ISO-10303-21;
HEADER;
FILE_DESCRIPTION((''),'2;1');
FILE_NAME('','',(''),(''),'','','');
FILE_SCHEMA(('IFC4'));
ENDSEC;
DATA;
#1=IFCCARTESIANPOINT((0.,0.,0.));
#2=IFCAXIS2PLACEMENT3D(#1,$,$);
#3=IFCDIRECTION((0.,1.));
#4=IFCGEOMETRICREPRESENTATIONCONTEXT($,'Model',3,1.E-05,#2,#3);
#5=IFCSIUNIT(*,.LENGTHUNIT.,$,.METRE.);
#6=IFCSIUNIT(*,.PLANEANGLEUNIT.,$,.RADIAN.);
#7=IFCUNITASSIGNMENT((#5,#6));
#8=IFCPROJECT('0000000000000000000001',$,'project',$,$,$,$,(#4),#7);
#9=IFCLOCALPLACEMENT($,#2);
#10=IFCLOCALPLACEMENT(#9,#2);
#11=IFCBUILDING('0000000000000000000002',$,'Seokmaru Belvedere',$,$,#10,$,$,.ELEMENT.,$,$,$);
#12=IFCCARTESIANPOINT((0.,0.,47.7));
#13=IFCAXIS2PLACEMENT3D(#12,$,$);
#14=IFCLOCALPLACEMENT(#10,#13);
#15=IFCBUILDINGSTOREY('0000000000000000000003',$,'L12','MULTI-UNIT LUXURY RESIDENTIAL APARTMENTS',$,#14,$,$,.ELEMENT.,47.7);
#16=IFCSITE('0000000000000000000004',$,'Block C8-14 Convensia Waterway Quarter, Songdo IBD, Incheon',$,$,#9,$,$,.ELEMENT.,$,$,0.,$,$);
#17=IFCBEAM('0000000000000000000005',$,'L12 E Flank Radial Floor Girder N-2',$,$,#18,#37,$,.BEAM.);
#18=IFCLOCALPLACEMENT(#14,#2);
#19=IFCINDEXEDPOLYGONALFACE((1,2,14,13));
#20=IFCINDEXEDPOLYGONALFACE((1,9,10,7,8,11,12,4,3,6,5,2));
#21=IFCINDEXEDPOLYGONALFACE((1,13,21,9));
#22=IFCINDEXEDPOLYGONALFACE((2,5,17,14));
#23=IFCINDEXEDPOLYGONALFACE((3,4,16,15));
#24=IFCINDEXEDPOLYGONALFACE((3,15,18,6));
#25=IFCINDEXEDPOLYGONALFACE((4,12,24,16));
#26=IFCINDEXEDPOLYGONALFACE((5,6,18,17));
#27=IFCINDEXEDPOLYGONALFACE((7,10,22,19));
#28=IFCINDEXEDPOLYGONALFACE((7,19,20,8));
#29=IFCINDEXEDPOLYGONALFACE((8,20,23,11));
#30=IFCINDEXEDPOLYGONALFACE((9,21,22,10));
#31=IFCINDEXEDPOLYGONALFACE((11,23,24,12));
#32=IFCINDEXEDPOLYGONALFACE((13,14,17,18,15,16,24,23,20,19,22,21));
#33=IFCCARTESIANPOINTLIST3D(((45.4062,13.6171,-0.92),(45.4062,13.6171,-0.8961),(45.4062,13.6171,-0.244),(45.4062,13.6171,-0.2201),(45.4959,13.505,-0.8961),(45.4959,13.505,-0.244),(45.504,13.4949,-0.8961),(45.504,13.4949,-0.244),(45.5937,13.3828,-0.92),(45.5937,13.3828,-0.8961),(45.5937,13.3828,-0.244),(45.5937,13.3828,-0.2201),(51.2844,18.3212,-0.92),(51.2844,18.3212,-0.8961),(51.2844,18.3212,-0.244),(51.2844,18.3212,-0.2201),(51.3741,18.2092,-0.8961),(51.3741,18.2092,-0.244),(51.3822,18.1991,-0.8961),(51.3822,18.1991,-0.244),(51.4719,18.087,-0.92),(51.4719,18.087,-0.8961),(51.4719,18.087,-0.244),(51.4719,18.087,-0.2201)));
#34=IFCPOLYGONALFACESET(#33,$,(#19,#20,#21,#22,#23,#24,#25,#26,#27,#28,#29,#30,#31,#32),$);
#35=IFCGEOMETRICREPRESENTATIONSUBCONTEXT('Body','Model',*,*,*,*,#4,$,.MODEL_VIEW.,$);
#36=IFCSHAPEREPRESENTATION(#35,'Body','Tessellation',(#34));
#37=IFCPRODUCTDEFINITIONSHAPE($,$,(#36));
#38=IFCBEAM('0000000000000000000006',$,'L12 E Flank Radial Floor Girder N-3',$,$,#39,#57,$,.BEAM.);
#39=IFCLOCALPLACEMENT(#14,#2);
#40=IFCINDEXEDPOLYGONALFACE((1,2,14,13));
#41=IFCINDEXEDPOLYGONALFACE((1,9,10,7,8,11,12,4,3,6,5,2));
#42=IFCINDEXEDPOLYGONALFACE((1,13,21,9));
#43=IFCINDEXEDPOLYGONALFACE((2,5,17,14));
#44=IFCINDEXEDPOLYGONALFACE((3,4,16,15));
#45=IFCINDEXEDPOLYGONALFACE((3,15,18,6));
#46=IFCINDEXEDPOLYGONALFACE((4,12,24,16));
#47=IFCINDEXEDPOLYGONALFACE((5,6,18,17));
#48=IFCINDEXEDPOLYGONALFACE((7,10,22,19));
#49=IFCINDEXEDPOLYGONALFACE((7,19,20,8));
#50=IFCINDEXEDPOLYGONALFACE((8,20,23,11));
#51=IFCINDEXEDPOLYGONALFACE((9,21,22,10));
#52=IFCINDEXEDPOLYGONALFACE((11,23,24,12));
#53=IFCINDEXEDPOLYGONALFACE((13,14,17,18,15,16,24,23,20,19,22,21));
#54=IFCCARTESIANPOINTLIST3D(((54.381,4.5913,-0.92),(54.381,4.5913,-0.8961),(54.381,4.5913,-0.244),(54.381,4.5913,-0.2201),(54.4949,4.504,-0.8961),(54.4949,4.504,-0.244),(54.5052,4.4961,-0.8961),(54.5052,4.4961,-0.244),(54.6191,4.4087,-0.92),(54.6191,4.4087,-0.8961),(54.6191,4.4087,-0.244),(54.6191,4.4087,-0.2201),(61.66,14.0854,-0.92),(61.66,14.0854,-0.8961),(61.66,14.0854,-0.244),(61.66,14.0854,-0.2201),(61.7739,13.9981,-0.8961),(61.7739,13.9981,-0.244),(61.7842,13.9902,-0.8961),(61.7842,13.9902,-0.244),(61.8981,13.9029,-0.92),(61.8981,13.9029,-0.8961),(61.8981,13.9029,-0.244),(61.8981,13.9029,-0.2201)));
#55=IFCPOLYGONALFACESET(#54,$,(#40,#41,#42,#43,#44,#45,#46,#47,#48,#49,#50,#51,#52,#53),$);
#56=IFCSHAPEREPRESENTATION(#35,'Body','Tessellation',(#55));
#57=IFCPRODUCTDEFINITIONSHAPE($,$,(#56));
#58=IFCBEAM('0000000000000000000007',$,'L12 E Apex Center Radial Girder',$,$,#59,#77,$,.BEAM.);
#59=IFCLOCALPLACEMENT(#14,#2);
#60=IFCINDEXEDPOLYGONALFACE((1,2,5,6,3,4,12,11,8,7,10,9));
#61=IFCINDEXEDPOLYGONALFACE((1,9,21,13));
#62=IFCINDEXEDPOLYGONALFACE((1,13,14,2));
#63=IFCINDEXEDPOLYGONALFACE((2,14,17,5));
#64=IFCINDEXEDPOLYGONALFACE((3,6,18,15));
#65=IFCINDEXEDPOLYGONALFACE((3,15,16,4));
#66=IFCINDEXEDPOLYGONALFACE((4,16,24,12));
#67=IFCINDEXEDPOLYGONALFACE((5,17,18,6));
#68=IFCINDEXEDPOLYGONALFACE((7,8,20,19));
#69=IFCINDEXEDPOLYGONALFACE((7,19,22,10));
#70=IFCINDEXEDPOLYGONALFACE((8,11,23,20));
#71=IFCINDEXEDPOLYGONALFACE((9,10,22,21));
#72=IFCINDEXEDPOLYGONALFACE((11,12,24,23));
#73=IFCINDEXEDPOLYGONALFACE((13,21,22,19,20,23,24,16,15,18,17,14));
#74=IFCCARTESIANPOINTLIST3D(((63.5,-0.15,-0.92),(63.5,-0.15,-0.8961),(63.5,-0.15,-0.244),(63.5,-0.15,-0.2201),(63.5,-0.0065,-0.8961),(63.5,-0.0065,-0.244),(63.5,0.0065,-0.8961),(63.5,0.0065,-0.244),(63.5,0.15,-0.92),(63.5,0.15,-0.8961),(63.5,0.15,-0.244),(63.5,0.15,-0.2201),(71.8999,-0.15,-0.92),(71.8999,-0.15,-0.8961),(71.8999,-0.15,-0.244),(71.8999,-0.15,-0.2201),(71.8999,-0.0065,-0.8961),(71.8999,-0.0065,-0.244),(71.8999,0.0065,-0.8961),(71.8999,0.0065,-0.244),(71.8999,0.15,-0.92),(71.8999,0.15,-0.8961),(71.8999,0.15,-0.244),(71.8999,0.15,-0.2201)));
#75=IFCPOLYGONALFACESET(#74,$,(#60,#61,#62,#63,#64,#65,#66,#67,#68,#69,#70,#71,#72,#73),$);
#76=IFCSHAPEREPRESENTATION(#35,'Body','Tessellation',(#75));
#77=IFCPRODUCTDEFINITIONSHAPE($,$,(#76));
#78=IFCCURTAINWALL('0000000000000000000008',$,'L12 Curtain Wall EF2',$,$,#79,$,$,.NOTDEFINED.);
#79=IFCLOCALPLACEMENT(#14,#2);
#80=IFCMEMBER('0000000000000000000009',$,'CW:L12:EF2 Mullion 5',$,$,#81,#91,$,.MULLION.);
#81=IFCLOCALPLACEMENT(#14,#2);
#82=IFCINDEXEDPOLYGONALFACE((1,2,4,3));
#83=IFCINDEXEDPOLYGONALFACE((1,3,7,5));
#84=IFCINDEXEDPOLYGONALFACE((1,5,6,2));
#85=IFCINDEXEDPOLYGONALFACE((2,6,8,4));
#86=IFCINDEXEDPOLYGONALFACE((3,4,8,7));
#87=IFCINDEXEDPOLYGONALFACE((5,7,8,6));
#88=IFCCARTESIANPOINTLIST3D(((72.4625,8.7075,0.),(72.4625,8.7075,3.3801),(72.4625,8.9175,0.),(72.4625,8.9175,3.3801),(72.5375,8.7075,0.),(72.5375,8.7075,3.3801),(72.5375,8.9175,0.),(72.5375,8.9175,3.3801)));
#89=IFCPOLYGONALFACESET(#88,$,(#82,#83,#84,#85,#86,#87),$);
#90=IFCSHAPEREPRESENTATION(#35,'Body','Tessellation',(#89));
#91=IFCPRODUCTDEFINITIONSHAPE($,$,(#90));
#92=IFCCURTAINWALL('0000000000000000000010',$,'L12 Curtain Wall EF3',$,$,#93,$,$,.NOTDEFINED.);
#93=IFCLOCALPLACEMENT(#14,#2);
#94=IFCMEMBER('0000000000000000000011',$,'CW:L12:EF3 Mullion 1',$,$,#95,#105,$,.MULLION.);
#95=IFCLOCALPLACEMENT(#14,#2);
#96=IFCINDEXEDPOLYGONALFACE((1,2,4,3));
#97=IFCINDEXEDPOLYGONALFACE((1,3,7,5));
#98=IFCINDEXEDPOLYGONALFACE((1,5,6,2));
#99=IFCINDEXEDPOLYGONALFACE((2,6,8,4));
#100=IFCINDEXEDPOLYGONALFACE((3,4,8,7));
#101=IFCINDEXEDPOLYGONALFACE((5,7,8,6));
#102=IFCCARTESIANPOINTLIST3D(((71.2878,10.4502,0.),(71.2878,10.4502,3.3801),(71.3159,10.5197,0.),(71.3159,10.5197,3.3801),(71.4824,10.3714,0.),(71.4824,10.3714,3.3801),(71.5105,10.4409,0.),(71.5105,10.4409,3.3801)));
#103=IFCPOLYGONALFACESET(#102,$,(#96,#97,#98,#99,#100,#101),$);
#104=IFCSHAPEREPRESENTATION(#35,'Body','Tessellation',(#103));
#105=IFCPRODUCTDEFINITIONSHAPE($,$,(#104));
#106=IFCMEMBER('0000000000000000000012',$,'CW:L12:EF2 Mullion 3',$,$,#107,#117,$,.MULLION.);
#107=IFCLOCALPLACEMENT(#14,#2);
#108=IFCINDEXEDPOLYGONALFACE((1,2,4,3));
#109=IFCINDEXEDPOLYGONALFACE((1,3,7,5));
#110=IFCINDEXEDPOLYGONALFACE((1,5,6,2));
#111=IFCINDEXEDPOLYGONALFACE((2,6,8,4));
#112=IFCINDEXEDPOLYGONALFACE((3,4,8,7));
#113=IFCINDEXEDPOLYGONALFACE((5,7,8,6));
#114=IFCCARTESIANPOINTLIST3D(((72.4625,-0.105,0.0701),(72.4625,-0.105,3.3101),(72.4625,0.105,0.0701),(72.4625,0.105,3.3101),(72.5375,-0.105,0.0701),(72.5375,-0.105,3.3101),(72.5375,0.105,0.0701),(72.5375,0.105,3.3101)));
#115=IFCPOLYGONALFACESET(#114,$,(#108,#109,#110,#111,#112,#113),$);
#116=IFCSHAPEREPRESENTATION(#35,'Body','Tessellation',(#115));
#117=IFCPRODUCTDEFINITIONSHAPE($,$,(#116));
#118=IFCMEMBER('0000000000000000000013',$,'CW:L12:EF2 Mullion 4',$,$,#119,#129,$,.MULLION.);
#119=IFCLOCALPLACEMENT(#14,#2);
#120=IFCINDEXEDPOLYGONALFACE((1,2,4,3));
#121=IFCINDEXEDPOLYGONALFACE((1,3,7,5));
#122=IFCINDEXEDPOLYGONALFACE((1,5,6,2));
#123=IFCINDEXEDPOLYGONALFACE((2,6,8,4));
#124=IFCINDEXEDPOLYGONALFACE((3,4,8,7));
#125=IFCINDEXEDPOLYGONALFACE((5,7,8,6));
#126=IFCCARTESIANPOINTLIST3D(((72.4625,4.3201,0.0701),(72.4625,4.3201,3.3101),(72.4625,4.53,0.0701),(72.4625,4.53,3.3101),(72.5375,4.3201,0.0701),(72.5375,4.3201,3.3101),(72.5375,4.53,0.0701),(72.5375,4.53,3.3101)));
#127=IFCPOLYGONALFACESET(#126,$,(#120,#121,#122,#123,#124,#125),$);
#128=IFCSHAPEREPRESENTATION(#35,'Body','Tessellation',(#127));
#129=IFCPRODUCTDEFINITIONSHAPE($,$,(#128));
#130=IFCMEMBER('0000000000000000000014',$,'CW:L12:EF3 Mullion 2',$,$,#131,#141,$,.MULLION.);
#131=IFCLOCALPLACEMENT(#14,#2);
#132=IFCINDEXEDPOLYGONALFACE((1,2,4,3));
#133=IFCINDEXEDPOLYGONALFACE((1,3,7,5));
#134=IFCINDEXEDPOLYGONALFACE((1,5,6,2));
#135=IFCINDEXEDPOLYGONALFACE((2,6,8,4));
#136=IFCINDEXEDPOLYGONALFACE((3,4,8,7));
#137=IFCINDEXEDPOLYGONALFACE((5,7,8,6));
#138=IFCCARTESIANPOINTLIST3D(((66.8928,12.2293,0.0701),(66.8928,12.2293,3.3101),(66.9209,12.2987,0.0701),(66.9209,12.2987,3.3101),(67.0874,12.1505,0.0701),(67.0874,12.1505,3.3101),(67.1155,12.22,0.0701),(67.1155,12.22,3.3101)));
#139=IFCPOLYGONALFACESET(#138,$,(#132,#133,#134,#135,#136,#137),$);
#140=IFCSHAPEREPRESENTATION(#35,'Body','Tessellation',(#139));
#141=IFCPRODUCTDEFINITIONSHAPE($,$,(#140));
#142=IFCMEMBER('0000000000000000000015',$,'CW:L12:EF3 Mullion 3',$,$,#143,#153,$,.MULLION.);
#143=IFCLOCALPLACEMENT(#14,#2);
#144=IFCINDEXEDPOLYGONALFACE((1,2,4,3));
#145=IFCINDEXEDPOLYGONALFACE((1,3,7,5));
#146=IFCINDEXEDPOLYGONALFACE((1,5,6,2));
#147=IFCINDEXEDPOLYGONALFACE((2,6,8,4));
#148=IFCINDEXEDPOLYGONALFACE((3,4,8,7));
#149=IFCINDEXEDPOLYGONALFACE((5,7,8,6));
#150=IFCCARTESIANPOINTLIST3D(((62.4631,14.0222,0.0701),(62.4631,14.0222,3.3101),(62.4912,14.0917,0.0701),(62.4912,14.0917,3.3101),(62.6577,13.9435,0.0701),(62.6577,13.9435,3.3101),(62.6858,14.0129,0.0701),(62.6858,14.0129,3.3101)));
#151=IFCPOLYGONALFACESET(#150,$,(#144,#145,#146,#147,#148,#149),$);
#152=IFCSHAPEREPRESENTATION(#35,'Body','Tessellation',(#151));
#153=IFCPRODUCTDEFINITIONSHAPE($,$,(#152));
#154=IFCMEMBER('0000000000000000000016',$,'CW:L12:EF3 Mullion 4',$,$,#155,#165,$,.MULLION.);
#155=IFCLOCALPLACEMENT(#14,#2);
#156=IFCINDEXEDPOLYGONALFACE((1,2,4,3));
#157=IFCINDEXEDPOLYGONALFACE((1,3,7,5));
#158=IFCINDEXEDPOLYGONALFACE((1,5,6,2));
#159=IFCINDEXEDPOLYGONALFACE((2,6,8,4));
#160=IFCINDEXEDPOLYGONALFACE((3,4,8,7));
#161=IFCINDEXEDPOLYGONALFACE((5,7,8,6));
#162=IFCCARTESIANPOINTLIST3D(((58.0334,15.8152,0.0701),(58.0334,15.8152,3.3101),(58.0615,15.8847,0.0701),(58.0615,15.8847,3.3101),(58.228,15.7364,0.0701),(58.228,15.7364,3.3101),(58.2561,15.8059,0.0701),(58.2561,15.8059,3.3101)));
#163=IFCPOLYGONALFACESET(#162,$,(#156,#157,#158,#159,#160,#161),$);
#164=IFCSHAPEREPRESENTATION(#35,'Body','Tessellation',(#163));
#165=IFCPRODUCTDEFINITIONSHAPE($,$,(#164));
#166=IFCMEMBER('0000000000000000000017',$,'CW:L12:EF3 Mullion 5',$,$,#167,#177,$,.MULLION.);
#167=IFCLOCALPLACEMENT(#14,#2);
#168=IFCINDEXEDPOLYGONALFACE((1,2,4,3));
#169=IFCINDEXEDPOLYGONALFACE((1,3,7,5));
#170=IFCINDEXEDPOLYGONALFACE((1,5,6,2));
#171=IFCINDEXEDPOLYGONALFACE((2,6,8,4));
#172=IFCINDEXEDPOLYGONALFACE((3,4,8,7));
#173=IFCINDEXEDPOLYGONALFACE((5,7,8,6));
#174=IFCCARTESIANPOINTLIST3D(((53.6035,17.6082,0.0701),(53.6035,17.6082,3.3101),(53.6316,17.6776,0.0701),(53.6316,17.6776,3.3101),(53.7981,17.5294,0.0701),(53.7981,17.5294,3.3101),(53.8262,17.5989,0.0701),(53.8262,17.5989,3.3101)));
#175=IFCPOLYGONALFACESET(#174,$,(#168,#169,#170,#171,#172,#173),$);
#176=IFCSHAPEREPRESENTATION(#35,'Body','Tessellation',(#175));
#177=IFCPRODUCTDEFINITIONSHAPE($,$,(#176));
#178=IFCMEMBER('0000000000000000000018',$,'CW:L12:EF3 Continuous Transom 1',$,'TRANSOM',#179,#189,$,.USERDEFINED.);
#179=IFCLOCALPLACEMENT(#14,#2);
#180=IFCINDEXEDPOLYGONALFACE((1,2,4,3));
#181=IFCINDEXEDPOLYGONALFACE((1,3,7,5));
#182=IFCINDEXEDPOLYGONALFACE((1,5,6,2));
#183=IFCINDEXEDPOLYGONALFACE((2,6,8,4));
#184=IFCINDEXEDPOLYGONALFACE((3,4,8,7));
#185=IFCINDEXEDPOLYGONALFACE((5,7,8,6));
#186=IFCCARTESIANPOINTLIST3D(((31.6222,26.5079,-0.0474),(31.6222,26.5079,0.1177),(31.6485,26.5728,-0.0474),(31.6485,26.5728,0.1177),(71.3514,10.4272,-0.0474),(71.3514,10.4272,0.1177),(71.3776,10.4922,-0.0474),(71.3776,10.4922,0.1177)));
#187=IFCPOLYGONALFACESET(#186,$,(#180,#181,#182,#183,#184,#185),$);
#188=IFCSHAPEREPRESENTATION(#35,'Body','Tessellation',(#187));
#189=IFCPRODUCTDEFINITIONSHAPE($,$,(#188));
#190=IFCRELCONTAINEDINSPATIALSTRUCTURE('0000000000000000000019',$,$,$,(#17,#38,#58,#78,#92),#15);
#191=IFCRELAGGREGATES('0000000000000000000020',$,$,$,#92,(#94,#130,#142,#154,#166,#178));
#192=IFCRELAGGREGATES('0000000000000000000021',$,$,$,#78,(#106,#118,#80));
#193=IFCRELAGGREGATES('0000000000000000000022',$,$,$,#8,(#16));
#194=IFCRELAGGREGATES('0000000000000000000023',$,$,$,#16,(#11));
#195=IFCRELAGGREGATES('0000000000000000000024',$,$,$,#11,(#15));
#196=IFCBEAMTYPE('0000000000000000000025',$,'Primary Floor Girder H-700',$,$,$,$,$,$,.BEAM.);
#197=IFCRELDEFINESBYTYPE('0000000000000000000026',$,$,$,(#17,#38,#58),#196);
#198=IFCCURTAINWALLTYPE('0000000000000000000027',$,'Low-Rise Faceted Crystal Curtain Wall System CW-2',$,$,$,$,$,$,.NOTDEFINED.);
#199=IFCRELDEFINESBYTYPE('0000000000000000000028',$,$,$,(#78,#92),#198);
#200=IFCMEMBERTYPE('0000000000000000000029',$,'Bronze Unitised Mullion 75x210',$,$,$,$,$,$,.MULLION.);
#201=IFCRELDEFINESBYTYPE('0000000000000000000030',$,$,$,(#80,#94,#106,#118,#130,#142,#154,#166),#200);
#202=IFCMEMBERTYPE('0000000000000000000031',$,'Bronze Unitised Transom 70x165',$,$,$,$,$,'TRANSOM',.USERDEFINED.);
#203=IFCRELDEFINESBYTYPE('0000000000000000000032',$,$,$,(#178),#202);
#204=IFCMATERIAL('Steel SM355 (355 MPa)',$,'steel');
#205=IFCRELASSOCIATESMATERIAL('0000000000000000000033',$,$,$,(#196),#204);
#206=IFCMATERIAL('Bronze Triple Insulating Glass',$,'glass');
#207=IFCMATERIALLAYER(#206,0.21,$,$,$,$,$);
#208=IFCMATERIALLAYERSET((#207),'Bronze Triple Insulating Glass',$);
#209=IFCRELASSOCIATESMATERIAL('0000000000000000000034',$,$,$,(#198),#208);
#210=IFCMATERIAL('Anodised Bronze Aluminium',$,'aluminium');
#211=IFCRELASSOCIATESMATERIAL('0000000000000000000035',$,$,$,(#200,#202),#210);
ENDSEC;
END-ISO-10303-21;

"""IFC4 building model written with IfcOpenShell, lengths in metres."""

from ifc_helpers import new_model, si_unit, direction, frame, origin, origin_2d, place, context, subcontext, project, spatial, rectangle, i_section, extrude, source, transform, mapped, material, layer, layer_set, material_profile, profile_set, type_object, type_shapes, element, aggregate, save


model = new_model("IFC4")

# Units and contexts
model_context = context("Model", 3, precision=1e-05, world=origin(), true_north=direction((0.0, 1.0)))
body_context = subcontext(model_context, "Body", "Model", "MODEL_VIEW")
ifc_project = project(units=[si_unit("LENGTHUNIT", "METRE"), si_unit("PLANEANGLEUNIT", "RADIAN")], contexts=[model_context])

# Site, building, storey
site_placement = place(None, origin())
site = spatial("IfcSite", under=ifc_project, at=site_placement, Name="Block C8-14 Convensia Waterway Quarter, Songdo IBD, Incheon", CompositionType="ELEMENT", RefElevation=0.0)
building_placement = place(site_placement, origin())
building = spatial("IfcBuilding", under=site, at=building_placement, Name="Seokmaru Belvedere", CompositionType="ELEMENT")
storey_placement = place(building_placement, frame((0.0, 0.0, 47.7)))
storey = spatial("IfcBuildingStorey", under=building, at=storey_placement, Name="L12", Description="MULTI-UNIT LUXURY RESIDENTIAL APARTMENTS", CompositionType="ELEMENT", Elevation=47.7)

# Shared definitions
ifc_material_1 = material(Name="Steel SM355 (355 MPa)", Category="steel")

# Beams
ifc_material_profile_1 = material_profile(ifc_material_1, i_section(OverallWidth=0.3, OverallDepth=0.7, WebThickness=0.0129, FlangeThickness=0.0239, at=origin_2d()), Name="H-700x300x13x24")
ifc_profile_set_1 = profile_set([ifc_material_profile_1], Name="Steel SM355 (355 MPa)")
beam_type_1 = type_object("IfcBeamType", Name="Primary Floor Girder H-700", PredefinedType="BEAM", material=ifc_profile_set_1)
shared_shape_1 = source(origin(), body_context, "Body", "SweptSolid", [
    extrude(i_section(OverallWidth=0.3, OverallDepth=0.7, WebThickness=0.0129, FlangeThickness=0.0239, at=origin_2d()), origin(), (0.0, 0.0, 1.0), 7.5288),
])
beam_1_placement = place(storey_placement, frame((51.3782, 18.2041, -0.5701), z_axis=(-0.780768, -0.624822, 0.0), x_axis=(0.624822, -0.780768, 0.0)))
element("IfcBeam", 1, at=beam_1_placement, inside=storey, type_object=beam_type_1, Name="L12 E Flank Radial Floor Girder N-2", PredefinedType="BEAM", context=body_context, shape_type="MappedRepresentation", body=[
    mapped(shared_shape_1, transform((0.0, 0.0, 0.0), scale=1.0)),
])
shared_shape_2 = source(origin(), body_context, "Body", "SweptSolid", [
    extrude(i_section(OverallWidth=0.3, OverallDepth=0.7, WebThickness=0.0129, FlangeThickness=0.0239, at=origin_2d()), origin(), (0.0, 0.0, 1.0), 11.9634),
])
beam_2_placement = place(storey_placement, frame((61.7791, 13.9941, -0.5701), z_axis=(-0.608443, -0.793598, 0.0), x_axis=(0.793598, -0.608443, 0.0)))
element("IfcBeam", 2, at=beam_2_placement, inside=storey, type_object=beam_type_1, Name="L12 E Flank Radial Floor Girder N-3", PredefinedType="BEAM", context=body_context, shape_type="MappedRepresentation", body=[
    mapped(shared_shape_2, transform((0.0, 0.0, 0.0), scale=1.0)),
])
shared_shape_3 = source(origin(), body_context, "Body", "SweptSolid", [
    extrude(i_section(OverallWidth=0.3, OverallDepth=0.7, WebThickness=0.0129, FlangeThickness=0.0239, at=origin_2d()), origin(), (0.0, 0.0, 1.0), 8.3999),
])
beam_3_placement = place(storey_placement, frame((71.8999, 0.0, -0.5701), z_axis=(-1.0, 0.0, 0.0), x_axis=(0.0, -1.0, 0.0)))
element("IfcBeam", 3, at=beam_3_placement, inside=storey, type_object=beam_type_1, Name="L12 E Apex Center Radial Girder", PredefinedType="BEAM", context=body_context, shape_type="MappedRepresentation", body=[
    mapped(shared_shape_3, transform((0.0, 0.0, 0.0), scale=1.0)),
])

# Curtain walls, members
ifc_material_2 = material(Name="Bronze Triple Insulating Glass", Category="glass")
ifc_layer_1 = layer(ifc_material_2, 0.21)
ifc_layer_set_1 = layer_set([ifc_layer_1], Name="Bronze Triple Insulating Glass")
curtain_wall_type = type_object("IfcCurtainWallType", Name="Low-Rise Faceted Crystal Curtain Wall System CW-2", PredefinedType="NOTDEFINED", material=ifc_layer_set_1)
curtain_wall_1_placement = place(storey_placement, origin())
curtain_wall_1 = element("IfcCurtainWall", 4, at=curtain_wall_1_placement, inside=storey, type_object=curtain_wall_type, Name="L12 Curtain Wall EF2", PredefinedType="NOTDEFINED")
ifc_material_3 = material(Name="Anodised Bronze Aluminium", Category="aluminium")
ifc_material_profile_2 = material_profile(ifc_material_3, rectangle(XDim=0.075, YDim=0.21, at=origin_2d()), Name="CW-M-75x210")
ifc_profile_set_2 = profile_set([ifc_material_profile_2], Name="Anodised Bronze Aluminium")
member_type_1 = type_object("IfcMemberType", Name="Bronze Unitised Mullion 75x210", PredefinedType="MULLION", material=ifc_profile_set_2)
shared_shape_4 = source(origin(), body_context, "Body", "SweptSolid", [
    extrude(rectangle(XDim=0.075, YDim=0.21, at=origin_2d()), origin(), (0.0, 0.0, 1.0), 3.3801),
])
member_1_placement = place(storey_placement, frame((72.5, 8.8125, 0.0), z_axis=(0.0, 0.0, 1.0), x_axis=(-1.0, 0.0, 0.0)))
member_1 = element("IfcMember", 5, at=member_1_placement, type_object=member_type_1, Name="CW:L12:EF2 Mullion 5", PredefinedType="MULLION", context=body_context, shape_type="MappedRepresentation", body=[
    mapped(shared_shape_4, transform((0.0, 0.0, 0.0), scale=1.0)),
])
curtain_wall_2_placement = place(storey_placement, origin())
curtain_wall_2 = element("IfcCurtainWall", 6, at=curtain_wall_2_placement, inside=storey, type_object=curtain_wall_type, Name="L12 Curtain Wall EF3", PredefinedType="NOTDEFINED")
member_2_placement = place(storey_placement, frame((71.3992, 10.4456, 0.0), z_axis=(0.0, 0.0, 1.0), x_axis=(-0.375192, -0.926947, 0.0)))
member_2 = element("IfcMember", 7, at=member_2_placement, type_object=member_type_1, Name="CW:L12:EF3 Mullion 1", PredefinedType="MULLION", context=body_context, shape_type="MappedRepresentation", body=[
    mapped(shared_shape_4, transform((0.0, 0.0, 0.0), scale=1.0)),
])

# Members
shared_shape_5 = source(origin(), body_context, "Body", "SweptSolid", [
    extrude(rectangle(XDim=0.075, YDim=0.21, at=origin_2d()), origin(), (0.0, 0.0, 1.0), 3.24),
])
type_shapes(member_type_1, [shared_shape_4, shared_shape_5])
member_3_placement = place(storey_placement, frame((72.5, 0.0, 0.0701), z_axis=(0.0, 0.0, 1.0), x_axis=(-1.0, 0.0, 0.0)))
member_3 = element("IfcMember", 8, at=member_3_placement, type_object=member_type_1, Name="CW:L12:EF2 Mullion 3", PredefinedType="MULLION", context=body_context, shape_type="MappedRepresentation", body=[
    mapped(shared_shape_5, transform((0.0, 0.0, 0.0), scale=1.0)),
])
member_4_placement = place(storey_placement, frame((72.5, 4.425, 0.0701), z_axis=(0.0, 0.0, 1.0), x_axis=(-1.0, 0.0, 0.0)))
member_4 = element("IfcMember", 9, at=member_4_placement, type_object=member_type_1, Name="CW:L12:EF2 Mullion 4", PredefinedType="MULLION", context=body_context, shape_type="MappedRepresentation", body=[
    mapped(shared_shape_5, transform((0.0, 0.0, 0.0), scale=1.0)),
])
member_5_placement = place(storey_placement, frame((67.0042, 12.2246, 0.0701), z_axis=(0.0, 0.0, 1.0), x_axis=(-0.375192, -0.926947, 0.0)))
member_5 = element("IfcMember", 10, at=member_5_placement, type_object=member_type_1, Name="CW:L12:EF3 Mullion 2", PredefinedType="MULLION", context=body_context, shape_type="MappedRepresentation", body=[
    mapped(shared_shape_5, transform((0.0, 0.0, 0.0), scale=1.0)),
])
member_6_placement = place(storey_placement, frame((62.5745, 14.0176, 0.0701), z_axis=(0.0, 0.0, 1.0), x_axis=(-0.375192, -0.926947, 0.0)))
member_6 = element("IfcMember", 11, at=member_6_placement, type_object=member_type_1, Name="CW:L12:EF3 Mullion 3", PredefinedType="MULLION", context=body_context, shape_type="MappedRepresentation", body=[
    mapped(shared_shape_5, transform((0.0, 0.0, 0.0), scale=1.0)),
])
member_7_placement = place(storey_placement, frame((58.1448, 15.8105, 0.0701), z_axis=(0.0, 0.0, 1.0), x_axis=(-0.375192, -0.926947, 0.0)))
member_7 = element("IfcMember", 12, at=member_7_placement, type_object=member_type_1, Name="CW:L12:EF3 Mullion 4", PredefinedType="MULLION", context=body_context, shape_type="MappedRepresentation", body=[
    mapped(shared_shape_5, transform((0.0, 0.0, 0.0), scale=1.0)),
])
member_8_placement = place(storey_placement, frame((53.7148, 17.6035, 0.0701), z_axis=(0.0, 0.0, 1.0), x_axis=(-0.375192, -0.926947, 0.0)))
member_8 = element("IfcMember", 13, at=member_8_placement, type_object=member_type_1, Name="CW:L12:EF3 Mullion 5", PredefinedType="MULLION", context=body_context, shape_type="MappedRepresentation", body=[
    mapped(shared_shape_5, transform((0.0, 0.0, 0.0), scale=1.0)),
])
ifc_material_profile_3 = material_profile(ifc_material_3, rectangle(XDim=0.0701, YDim=0.165, at=origin_2d()), Name="CW-T-70x165")
ifc_profile_set_3 = profile_set([ifc_material_profile_3], Name="Anodised Bronze Aluminium")
member_type_2 = type_object("IfcMemberType", Name="Bronze Unitised Transom 70x165", ElementType="TRANSOM", PredefinedType="USERDEFINED", material=ifc_profile_set_3)
shared_shape_6 = source(origin(), body_context, "Body", "SweptSolid", [
    extrude(rectangle(XDim=0.0701, YDim=0.165, at=origin_2d()), origin(), (0.0, 0.0, 1.0), 42.8601),
])
type_shapes(member_type_2, [shared_shape_6])
member_9_placement = place(storey_placement, frame((71.3645, 10.4597, 0.0352), z_axis=(-0.926949, 0.375188, 0.0), x_axis=(-0.375188, -0.926949, 0.0)))
member_9 = element("IfcMember", 14, at=member_9_placement, type_object=member_type_2, Name="CW:L12:EF3 Continuous Transom 1", ObjectType="TRANSOM", PredefinedType="USERDEFINED", context=body_context, shape_type="MappedRepresentation", body=[
    mapped(shared_shape_6, transform((0.0, 0.0, 0.0), scale=1.0)),
])

aggregate(curtain_wall_2, [member_2, member_5, member_6, member_7, member_8, member_9])
aggregate(curtain_wall_1, [member_3, member_4, member_1])

save(model, "model.ifc")
